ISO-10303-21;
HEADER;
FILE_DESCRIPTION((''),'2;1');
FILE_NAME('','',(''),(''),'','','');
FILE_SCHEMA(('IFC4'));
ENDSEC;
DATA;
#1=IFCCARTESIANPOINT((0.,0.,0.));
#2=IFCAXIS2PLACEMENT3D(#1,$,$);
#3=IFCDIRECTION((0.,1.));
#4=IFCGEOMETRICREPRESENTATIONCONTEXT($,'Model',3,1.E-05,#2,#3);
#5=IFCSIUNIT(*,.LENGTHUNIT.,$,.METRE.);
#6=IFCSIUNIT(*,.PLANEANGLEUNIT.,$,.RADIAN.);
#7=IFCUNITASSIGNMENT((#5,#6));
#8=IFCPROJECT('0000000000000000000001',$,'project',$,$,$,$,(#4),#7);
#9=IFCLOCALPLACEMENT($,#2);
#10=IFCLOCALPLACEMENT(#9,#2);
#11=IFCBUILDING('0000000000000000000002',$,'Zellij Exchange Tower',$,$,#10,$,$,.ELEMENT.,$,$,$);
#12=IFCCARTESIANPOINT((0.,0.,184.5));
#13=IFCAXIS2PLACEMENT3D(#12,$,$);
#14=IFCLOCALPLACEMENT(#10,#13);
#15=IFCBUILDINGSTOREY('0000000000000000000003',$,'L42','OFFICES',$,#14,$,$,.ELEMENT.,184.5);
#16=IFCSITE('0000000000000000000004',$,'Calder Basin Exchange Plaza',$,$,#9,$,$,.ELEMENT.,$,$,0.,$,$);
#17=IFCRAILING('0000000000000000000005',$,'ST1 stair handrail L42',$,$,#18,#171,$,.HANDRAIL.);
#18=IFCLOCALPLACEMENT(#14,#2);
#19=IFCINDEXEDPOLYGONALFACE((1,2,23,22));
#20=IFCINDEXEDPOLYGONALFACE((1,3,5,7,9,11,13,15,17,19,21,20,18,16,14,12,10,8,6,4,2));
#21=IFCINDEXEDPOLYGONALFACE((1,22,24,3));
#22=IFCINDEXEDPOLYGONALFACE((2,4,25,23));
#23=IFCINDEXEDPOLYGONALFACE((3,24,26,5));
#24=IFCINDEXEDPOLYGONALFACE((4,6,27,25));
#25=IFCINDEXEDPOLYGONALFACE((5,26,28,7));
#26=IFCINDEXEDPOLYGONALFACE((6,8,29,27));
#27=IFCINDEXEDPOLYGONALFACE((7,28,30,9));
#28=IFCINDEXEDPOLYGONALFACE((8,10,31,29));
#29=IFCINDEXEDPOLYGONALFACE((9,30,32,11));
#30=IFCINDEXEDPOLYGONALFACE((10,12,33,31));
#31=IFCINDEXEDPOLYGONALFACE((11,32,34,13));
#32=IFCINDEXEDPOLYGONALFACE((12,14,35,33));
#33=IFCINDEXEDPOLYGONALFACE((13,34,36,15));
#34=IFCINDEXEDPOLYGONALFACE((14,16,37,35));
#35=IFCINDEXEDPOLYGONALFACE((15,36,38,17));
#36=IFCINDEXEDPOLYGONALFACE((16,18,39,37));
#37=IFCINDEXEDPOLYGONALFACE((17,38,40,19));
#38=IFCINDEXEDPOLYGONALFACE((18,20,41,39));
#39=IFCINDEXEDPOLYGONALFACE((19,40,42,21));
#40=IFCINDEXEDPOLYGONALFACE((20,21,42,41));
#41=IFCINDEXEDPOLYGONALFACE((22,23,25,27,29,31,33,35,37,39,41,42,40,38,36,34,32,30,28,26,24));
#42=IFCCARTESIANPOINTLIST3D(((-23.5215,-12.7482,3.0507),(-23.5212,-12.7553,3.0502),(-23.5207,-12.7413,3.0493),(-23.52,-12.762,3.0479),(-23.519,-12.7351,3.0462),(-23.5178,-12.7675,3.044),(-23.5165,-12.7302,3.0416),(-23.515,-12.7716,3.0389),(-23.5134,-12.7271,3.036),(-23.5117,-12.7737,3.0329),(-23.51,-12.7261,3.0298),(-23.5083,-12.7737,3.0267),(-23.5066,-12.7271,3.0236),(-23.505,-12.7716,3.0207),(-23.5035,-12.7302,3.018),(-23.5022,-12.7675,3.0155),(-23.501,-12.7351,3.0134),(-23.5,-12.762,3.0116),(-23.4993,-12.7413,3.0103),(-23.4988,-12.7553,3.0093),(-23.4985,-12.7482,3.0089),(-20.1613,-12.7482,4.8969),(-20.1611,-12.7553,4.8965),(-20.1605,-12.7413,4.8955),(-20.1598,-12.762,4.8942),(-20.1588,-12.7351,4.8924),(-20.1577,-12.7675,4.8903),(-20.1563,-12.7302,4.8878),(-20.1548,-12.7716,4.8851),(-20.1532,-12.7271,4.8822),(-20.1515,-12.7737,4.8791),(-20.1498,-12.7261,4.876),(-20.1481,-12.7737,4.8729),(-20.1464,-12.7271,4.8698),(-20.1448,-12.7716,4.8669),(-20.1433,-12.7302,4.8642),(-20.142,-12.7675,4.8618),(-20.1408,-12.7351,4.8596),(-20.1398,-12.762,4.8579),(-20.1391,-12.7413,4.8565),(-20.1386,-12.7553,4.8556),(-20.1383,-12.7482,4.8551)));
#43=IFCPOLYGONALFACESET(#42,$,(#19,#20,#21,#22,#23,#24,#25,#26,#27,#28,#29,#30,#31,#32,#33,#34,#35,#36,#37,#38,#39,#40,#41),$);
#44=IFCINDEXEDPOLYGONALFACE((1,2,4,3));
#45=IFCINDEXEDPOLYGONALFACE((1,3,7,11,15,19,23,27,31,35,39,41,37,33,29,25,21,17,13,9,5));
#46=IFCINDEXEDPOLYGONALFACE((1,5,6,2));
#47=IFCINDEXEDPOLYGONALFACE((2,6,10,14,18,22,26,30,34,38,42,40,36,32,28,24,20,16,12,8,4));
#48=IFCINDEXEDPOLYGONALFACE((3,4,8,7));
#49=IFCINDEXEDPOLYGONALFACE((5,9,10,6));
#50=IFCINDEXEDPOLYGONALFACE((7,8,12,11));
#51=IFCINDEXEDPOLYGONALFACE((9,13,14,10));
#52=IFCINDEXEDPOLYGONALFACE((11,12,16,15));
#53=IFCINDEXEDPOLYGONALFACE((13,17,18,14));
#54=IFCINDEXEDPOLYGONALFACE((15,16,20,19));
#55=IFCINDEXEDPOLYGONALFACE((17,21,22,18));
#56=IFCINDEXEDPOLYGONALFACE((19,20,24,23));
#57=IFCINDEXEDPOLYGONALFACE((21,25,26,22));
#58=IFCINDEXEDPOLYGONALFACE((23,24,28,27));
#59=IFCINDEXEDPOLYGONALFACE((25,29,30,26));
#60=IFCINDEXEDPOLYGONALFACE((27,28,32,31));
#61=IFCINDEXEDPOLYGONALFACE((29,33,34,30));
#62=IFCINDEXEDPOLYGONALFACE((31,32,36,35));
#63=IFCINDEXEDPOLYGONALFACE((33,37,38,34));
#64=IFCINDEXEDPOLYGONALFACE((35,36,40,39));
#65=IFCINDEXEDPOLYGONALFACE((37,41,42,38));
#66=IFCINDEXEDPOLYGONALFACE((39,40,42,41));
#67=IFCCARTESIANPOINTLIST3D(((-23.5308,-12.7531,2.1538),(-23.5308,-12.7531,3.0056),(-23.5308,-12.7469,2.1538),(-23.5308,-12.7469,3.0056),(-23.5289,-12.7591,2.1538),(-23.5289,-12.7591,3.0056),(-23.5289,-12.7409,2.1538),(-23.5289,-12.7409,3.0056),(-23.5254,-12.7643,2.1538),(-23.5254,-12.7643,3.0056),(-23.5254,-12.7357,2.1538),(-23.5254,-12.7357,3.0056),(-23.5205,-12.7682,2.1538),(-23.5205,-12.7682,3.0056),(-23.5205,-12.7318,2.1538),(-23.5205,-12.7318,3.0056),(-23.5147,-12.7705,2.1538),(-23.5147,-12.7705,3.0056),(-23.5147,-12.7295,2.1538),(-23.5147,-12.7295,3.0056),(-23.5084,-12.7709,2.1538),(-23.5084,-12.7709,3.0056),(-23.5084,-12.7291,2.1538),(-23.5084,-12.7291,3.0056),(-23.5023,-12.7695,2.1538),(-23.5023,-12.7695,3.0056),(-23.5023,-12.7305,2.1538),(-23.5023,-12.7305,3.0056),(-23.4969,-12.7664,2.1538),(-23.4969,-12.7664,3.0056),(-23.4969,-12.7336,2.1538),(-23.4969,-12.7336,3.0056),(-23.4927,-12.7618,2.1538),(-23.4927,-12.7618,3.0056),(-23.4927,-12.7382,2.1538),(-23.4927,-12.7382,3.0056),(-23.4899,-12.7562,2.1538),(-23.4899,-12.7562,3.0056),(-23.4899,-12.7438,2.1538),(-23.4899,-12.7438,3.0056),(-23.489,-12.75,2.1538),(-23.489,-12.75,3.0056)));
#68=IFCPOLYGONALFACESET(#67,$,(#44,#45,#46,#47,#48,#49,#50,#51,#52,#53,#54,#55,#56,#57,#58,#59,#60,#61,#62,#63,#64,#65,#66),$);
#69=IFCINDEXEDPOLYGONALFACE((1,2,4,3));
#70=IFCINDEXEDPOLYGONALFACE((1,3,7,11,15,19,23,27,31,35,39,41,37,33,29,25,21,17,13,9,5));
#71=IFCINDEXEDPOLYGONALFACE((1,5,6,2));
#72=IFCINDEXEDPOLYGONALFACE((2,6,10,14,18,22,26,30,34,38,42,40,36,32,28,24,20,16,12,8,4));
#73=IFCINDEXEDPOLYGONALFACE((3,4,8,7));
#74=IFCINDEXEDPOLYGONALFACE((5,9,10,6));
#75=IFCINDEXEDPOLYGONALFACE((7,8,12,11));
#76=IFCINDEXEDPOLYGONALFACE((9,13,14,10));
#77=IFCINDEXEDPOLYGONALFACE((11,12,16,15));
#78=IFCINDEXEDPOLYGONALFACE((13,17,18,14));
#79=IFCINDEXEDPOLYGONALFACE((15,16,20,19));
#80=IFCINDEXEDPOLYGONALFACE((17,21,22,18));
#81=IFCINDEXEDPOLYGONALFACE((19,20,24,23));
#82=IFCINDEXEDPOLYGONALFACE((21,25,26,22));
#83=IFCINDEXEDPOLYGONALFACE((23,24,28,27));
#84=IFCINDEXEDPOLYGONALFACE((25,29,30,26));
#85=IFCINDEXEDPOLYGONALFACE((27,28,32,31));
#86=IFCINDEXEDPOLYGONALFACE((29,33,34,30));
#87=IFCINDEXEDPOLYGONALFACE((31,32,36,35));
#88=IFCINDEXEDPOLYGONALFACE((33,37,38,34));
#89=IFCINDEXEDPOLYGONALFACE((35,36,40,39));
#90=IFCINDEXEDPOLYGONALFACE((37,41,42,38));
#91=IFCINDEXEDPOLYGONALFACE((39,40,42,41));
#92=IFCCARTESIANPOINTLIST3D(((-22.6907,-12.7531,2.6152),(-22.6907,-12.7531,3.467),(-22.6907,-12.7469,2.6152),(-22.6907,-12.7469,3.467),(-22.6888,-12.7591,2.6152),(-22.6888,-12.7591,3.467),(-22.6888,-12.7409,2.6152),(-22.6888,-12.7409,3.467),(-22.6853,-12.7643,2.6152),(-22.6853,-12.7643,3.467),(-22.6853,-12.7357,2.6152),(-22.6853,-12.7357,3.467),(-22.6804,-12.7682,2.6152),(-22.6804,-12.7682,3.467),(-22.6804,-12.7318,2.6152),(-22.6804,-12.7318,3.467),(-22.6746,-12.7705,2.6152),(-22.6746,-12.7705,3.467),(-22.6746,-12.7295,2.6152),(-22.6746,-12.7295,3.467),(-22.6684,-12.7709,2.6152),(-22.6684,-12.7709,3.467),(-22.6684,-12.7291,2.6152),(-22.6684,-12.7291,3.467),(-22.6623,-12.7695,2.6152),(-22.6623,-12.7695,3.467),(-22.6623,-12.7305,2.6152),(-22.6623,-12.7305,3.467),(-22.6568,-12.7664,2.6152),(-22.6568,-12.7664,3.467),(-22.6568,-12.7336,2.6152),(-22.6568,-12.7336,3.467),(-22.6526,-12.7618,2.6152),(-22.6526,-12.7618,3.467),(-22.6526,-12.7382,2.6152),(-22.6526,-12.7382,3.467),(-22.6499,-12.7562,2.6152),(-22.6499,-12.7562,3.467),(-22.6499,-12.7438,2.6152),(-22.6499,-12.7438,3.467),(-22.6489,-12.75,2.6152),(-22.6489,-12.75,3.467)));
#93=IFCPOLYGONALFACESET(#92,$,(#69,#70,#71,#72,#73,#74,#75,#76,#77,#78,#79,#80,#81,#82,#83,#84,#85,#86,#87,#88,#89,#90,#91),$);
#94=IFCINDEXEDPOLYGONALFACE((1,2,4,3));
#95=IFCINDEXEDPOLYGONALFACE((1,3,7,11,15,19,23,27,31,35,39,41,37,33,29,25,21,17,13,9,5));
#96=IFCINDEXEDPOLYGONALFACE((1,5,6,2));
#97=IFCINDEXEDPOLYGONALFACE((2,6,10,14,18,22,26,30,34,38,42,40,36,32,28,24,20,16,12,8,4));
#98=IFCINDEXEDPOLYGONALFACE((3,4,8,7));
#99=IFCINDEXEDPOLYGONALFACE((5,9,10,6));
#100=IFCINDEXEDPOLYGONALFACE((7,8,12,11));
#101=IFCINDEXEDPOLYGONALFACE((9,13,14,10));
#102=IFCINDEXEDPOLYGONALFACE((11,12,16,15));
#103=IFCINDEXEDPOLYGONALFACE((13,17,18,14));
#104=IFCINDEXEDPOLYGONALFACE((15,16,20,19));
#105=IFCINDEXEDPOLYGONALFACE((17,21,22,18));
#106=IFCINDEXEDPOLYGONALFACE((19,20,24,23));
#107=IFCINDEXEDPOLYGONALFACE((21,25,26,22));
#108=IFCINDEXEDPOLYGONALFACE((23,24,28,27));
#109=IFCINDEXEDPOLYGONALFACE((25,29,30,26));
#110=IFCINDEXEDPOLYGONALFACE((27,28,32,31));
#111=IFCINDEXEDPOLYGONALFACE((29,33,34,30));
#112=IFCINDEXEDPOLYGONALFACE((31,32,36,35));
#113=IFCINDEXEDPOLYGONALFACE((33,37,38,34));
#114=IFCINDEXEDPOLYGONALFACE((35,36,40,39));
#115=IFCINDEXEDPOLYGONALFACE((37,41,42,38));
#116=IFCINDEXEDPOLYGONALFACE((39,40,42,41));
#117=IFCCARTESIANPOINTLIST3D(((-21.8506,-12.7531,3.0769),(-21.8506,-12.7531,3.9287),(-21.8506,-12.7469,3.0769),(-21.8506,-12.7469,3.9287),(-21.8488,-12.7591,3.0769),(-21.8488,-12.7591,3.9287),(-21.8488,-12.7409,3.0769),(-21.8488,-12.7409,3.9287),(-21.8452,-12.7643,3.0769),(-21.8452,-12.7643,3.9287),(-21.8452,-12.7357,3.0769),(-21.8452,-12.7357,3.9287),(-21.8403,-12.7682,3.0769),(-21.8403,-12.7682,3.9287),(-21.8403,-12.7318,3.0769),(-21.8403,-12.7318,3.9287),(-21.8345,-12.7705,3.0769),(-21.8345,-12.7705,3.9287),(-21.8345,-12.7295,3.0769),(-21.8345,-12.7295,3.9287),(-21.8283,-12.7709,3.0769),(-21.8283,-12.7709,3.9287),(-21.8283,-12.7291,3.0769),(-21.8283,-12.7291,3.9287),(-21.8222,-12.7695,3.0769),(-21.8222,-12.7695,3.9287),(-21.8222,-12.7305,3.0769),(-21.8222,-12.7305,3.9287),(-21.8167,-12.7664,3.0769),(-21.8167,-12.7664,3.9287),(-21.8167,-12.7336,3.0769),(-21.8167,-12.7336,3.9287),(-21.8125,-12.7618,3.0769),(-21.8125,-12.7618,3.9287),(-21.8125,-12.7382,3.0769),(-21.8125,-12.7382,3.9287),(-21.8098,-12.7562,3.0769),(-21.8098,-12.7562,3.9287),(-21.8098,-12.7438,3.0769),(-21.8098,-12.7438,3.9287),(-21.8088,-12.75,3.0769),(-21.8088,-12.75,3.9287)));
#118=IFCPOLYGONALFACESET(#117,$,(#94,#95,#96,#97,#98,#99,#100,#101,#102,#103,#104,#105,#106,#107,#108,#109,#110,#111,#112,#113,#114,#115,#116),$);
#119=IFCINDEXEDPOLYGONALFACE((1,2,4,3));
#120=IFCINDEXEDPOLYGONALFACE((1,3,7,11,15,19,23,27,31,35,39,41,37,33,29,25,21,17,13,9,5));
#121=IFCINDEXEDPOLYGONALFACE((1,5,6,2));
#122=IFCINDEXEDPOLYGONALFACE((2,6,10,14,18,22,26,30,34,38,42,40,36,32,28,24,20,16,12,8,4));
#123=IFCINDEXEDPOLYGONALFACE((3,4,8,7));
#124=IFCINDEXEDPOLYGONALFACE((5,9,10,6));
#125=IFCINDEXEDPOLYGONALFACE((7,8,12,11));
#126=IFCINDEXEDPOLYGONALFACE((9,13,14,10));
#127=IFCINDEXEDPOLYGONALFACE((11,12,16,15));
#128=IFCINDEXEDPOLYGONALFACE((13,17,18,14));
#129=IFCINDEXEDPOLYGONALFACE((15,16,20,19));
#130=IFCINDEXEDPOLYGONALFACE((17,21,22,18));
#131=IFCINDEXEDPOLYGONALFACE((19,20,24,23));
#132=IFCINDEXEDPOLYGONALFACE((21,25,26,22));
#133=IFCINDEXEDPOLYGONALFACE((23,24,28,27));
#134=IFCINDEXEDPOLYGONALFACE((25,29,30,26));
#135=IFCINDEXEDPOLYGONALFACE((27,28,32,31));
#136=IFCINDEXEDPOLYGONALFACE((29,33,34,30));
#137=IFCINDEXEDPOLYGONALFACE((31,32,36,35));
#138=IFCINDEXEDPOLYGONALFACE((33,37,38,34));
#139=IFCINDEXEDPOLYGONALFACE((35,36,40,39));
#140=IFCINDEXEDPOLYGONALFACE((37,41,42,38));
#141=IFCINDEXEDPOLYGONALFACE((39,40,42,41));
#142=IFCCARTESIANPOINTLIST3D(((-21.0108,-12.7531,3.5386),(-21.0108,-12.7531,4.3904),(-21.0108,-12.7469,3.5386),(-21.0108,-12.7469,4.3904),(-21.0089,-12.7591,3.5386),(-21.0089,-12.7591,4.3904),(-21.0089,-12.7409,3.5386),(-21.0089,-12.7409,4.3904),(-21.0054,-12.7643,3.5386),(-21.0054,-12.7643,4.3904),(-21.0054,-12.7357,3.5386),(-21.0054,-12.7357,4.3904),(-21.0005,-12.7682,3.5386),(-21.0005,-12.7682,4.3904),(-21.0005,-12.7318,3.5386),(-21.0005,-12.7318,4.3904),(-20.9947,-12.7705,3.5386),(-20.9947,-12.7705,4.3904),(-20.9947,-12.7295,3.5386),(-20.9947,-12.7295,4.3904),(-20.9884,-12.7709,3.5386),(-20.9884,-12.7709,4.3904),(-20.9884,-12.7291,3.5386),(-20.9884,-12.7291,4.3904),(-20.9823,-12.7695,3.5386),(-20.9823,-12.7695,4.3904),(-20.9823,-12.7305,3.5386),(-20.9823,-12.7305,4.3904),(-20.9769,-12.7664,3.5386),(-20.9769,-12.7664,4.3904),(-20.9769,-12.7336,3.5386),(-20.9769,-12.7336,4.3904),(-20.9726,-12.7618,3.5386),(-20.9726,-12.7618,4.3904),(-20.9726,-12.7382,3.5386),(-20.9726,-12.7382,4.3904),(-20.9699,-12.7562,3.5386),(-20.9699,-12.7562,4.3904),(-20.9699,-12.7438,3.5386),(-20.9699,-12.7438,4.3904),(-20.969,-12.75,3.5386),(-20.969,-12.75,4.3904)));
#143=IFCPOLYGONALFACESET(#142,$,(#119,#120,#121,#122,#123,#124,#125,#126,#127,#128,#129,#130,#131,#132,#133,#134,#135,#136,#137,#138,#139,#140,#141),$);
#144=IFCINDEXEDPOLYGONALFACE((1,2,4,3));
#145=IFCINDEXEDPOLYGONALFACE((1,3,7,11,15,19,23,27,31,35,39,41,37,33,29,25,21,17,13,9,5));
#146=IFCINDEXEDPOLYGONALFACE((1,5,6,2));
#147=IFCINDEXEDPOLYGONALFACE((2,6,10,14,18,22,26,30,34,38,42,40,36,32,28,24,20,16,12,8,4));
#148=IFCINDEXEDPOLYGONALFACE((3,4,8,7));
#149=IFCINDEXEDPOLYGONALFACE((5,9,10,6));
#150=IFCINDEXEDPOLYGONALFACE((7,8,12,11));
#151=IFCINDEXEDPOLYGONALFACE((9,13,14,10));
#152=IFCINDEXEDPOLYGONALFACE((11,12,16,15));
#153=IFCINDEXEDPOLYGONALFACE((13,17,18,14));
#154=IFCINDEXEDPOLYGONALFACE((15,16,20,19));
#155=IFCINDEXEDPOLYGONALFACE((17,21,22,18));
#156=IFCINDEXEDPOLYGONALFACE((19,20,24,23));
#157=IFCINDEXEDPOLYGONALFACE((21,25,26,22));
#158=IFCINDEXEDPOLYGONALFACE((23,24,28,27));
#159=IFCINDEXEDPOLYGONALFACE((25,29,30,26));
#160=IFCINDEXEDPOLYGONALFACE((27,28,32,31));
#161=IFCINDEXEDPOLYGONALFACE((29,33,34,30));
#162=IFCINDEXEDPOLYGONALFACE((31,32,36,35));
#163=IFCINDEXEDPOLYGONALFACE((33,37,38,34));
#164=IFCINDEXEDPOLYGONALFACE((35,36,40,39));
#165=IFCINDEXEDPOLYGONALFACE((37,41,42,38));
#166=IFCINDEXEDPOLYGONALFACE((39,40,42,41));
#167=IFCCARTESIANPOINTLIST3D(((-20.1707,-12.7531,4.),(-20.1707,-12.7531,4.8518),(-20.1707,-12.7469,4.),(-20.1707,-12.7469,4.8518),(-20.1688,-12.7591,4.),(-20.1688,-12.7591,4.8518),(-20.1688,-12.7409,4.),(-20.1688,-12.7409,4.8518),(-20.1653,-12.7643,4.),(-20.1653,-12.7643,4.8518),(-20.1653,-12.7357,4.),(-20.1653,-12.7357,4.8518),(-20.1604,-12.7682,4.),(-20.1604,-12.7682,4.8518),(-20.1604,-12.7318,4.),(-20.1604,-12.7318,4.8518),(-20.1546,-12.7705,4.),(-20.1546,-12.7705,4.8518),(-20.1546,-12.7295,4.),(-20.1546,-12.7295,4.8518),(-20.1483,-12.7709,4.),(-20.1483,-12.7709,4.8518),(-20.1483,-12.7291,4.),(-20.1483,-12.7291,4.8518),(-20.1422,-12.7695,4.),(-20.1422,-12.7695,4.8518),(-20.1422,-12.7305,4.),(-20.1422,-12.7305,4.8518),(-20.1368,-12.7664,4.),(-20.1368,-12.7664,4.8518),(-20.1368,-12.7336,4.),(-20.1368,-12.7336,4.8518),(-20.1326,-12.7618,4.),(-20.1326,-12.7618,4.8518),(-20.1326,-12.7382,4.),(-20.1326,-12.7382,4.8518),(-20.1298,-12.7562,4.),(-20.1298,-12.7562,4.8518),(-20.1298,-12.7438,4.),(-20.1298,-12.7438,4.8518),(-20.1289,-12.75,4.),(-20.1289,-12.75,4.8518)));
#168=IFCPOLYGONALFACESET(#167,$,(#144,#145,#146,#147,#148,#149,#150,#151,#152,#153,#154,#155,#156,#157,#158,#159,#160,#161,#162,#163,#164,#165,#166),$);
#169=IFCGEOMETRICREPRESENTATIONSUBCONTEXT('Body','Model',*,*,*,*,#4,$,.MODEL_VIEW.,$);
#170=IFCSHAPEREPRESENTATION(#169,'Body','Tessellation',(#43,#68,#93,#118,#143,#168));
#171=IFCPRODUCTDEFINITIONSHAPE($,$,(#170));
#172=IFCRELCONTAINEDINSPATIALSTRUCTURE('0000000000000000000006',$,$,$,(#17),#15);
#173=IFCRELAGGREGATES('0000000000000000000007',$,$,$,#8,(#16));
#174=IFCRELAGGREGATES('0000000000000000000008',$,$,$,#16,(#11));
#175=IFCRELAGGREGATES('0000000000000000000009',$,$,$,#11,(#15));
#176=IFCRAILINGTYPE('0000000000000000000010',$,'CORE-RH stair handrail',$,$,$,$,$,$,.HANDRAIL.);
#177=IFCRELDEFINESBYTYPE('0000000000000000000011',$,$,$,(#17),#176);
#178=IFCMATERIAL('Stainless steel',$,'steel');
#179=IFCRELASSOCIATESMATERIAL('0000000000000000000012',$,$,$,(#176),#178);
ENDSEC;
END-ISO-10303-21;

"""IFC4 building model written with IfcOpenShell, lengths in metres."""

from ifc_helpers import new_model, si_unit, direction, frame, origin, origin_2d, place, context, subcontext, project, spatial, circle, extrude, material, type_object, element, save


model = new_model("IFC4")

# Units and contexts
model_context = context("Model", 3, precision=1e-05, world=origin(), true_north=direction((0.0, 1.0)))
body_context = subcontext(model_context, "Body", "Model", "MODEL_VIEW")
ifc_project = project(units=[si_unit("LENGTHUNIT", "METRE"), si_unit("PLANEANGLEUNIT", "RADIAN")], contexts=[model_context])

# Site, building, storey
site_placement = place(None, origin())
site = spatial("IfcSite", under=ifc_project, at=site_placement, Name="Calder Basin Exchange Plaza", CompositionType="ELEMENT", RefElevation=0.0)
building_placement = place(site_placement, origin())
building = spatial("IfcBuilding", under=site, at=building_placement, Name="Zellij Exchange Tower", CompositionType="ELEMENT")
storey_placement = place(building_placement, frame((0.0, 0.0, 184.5)))
storey = spatial("IfcBuildingStorey", under=building, at=storey_placement, Name="L42", Description="OFFICES", CompositionType="ELEMENT", Elevation=184.5)

# Railing
ifc_material_1 = material(Name="Stainless steel", Category="steel")
railing_type_1 = type_object("IfcRailingType", Name="CORE-RH stair handrail", PredefinedType="HANDRAIL", material=ifc_material_1)
railing_1_placement = place(storey_placement, frame((-23.51, -12.75, 2.1538)))
element("IfcRailing", 1, at=railing_1_placement, inside=storey, type_object=railing_type_1, Name="ST1 stair handrail L42", PredefinedType="HANDRAIL", context=body_context, shape_type="SweptSolid", body=[
    extrude(circle(Radius=0.0239, at=origin_2d()), frame((0.0, 0.0, 0.876), z_axis=(0.876422, 0.0, 0.481545), x_axis=(0.0, 1.0, 0.0)), (0.0, 0.0, 1.0), 3.834),
    extrude(circle(Radius=0.021, at=origin_2d()), origin(), (0.0, 0.0, 1.0), 0.8518),
    extrude(circle(Radius=0.021, at=origin_2d()), frame((0.8401, 0.0, 0.4614)), (0.0, 0.0, 1.0), 0.8518),
    extrude(circle(Radius=0.021, at=origin_2d()), frame((1.6802, 0.0, 0.9231)), (0.0, 0.0, 1.0), 0.8518),
    extrude(circle(Radius=0.021, at=origin_2d()), frame((2.52, 0.0, 1.3848)), (0.0, 0.0, 1.0), 0.8518),
    extrude(circle(Radius=0.021, at=origin_2d()), frame((3.3601, 0.0, 1.8462)), (0.0, 0.0, 1.0), 0.8518),
])

save(model, "model.ifc")
